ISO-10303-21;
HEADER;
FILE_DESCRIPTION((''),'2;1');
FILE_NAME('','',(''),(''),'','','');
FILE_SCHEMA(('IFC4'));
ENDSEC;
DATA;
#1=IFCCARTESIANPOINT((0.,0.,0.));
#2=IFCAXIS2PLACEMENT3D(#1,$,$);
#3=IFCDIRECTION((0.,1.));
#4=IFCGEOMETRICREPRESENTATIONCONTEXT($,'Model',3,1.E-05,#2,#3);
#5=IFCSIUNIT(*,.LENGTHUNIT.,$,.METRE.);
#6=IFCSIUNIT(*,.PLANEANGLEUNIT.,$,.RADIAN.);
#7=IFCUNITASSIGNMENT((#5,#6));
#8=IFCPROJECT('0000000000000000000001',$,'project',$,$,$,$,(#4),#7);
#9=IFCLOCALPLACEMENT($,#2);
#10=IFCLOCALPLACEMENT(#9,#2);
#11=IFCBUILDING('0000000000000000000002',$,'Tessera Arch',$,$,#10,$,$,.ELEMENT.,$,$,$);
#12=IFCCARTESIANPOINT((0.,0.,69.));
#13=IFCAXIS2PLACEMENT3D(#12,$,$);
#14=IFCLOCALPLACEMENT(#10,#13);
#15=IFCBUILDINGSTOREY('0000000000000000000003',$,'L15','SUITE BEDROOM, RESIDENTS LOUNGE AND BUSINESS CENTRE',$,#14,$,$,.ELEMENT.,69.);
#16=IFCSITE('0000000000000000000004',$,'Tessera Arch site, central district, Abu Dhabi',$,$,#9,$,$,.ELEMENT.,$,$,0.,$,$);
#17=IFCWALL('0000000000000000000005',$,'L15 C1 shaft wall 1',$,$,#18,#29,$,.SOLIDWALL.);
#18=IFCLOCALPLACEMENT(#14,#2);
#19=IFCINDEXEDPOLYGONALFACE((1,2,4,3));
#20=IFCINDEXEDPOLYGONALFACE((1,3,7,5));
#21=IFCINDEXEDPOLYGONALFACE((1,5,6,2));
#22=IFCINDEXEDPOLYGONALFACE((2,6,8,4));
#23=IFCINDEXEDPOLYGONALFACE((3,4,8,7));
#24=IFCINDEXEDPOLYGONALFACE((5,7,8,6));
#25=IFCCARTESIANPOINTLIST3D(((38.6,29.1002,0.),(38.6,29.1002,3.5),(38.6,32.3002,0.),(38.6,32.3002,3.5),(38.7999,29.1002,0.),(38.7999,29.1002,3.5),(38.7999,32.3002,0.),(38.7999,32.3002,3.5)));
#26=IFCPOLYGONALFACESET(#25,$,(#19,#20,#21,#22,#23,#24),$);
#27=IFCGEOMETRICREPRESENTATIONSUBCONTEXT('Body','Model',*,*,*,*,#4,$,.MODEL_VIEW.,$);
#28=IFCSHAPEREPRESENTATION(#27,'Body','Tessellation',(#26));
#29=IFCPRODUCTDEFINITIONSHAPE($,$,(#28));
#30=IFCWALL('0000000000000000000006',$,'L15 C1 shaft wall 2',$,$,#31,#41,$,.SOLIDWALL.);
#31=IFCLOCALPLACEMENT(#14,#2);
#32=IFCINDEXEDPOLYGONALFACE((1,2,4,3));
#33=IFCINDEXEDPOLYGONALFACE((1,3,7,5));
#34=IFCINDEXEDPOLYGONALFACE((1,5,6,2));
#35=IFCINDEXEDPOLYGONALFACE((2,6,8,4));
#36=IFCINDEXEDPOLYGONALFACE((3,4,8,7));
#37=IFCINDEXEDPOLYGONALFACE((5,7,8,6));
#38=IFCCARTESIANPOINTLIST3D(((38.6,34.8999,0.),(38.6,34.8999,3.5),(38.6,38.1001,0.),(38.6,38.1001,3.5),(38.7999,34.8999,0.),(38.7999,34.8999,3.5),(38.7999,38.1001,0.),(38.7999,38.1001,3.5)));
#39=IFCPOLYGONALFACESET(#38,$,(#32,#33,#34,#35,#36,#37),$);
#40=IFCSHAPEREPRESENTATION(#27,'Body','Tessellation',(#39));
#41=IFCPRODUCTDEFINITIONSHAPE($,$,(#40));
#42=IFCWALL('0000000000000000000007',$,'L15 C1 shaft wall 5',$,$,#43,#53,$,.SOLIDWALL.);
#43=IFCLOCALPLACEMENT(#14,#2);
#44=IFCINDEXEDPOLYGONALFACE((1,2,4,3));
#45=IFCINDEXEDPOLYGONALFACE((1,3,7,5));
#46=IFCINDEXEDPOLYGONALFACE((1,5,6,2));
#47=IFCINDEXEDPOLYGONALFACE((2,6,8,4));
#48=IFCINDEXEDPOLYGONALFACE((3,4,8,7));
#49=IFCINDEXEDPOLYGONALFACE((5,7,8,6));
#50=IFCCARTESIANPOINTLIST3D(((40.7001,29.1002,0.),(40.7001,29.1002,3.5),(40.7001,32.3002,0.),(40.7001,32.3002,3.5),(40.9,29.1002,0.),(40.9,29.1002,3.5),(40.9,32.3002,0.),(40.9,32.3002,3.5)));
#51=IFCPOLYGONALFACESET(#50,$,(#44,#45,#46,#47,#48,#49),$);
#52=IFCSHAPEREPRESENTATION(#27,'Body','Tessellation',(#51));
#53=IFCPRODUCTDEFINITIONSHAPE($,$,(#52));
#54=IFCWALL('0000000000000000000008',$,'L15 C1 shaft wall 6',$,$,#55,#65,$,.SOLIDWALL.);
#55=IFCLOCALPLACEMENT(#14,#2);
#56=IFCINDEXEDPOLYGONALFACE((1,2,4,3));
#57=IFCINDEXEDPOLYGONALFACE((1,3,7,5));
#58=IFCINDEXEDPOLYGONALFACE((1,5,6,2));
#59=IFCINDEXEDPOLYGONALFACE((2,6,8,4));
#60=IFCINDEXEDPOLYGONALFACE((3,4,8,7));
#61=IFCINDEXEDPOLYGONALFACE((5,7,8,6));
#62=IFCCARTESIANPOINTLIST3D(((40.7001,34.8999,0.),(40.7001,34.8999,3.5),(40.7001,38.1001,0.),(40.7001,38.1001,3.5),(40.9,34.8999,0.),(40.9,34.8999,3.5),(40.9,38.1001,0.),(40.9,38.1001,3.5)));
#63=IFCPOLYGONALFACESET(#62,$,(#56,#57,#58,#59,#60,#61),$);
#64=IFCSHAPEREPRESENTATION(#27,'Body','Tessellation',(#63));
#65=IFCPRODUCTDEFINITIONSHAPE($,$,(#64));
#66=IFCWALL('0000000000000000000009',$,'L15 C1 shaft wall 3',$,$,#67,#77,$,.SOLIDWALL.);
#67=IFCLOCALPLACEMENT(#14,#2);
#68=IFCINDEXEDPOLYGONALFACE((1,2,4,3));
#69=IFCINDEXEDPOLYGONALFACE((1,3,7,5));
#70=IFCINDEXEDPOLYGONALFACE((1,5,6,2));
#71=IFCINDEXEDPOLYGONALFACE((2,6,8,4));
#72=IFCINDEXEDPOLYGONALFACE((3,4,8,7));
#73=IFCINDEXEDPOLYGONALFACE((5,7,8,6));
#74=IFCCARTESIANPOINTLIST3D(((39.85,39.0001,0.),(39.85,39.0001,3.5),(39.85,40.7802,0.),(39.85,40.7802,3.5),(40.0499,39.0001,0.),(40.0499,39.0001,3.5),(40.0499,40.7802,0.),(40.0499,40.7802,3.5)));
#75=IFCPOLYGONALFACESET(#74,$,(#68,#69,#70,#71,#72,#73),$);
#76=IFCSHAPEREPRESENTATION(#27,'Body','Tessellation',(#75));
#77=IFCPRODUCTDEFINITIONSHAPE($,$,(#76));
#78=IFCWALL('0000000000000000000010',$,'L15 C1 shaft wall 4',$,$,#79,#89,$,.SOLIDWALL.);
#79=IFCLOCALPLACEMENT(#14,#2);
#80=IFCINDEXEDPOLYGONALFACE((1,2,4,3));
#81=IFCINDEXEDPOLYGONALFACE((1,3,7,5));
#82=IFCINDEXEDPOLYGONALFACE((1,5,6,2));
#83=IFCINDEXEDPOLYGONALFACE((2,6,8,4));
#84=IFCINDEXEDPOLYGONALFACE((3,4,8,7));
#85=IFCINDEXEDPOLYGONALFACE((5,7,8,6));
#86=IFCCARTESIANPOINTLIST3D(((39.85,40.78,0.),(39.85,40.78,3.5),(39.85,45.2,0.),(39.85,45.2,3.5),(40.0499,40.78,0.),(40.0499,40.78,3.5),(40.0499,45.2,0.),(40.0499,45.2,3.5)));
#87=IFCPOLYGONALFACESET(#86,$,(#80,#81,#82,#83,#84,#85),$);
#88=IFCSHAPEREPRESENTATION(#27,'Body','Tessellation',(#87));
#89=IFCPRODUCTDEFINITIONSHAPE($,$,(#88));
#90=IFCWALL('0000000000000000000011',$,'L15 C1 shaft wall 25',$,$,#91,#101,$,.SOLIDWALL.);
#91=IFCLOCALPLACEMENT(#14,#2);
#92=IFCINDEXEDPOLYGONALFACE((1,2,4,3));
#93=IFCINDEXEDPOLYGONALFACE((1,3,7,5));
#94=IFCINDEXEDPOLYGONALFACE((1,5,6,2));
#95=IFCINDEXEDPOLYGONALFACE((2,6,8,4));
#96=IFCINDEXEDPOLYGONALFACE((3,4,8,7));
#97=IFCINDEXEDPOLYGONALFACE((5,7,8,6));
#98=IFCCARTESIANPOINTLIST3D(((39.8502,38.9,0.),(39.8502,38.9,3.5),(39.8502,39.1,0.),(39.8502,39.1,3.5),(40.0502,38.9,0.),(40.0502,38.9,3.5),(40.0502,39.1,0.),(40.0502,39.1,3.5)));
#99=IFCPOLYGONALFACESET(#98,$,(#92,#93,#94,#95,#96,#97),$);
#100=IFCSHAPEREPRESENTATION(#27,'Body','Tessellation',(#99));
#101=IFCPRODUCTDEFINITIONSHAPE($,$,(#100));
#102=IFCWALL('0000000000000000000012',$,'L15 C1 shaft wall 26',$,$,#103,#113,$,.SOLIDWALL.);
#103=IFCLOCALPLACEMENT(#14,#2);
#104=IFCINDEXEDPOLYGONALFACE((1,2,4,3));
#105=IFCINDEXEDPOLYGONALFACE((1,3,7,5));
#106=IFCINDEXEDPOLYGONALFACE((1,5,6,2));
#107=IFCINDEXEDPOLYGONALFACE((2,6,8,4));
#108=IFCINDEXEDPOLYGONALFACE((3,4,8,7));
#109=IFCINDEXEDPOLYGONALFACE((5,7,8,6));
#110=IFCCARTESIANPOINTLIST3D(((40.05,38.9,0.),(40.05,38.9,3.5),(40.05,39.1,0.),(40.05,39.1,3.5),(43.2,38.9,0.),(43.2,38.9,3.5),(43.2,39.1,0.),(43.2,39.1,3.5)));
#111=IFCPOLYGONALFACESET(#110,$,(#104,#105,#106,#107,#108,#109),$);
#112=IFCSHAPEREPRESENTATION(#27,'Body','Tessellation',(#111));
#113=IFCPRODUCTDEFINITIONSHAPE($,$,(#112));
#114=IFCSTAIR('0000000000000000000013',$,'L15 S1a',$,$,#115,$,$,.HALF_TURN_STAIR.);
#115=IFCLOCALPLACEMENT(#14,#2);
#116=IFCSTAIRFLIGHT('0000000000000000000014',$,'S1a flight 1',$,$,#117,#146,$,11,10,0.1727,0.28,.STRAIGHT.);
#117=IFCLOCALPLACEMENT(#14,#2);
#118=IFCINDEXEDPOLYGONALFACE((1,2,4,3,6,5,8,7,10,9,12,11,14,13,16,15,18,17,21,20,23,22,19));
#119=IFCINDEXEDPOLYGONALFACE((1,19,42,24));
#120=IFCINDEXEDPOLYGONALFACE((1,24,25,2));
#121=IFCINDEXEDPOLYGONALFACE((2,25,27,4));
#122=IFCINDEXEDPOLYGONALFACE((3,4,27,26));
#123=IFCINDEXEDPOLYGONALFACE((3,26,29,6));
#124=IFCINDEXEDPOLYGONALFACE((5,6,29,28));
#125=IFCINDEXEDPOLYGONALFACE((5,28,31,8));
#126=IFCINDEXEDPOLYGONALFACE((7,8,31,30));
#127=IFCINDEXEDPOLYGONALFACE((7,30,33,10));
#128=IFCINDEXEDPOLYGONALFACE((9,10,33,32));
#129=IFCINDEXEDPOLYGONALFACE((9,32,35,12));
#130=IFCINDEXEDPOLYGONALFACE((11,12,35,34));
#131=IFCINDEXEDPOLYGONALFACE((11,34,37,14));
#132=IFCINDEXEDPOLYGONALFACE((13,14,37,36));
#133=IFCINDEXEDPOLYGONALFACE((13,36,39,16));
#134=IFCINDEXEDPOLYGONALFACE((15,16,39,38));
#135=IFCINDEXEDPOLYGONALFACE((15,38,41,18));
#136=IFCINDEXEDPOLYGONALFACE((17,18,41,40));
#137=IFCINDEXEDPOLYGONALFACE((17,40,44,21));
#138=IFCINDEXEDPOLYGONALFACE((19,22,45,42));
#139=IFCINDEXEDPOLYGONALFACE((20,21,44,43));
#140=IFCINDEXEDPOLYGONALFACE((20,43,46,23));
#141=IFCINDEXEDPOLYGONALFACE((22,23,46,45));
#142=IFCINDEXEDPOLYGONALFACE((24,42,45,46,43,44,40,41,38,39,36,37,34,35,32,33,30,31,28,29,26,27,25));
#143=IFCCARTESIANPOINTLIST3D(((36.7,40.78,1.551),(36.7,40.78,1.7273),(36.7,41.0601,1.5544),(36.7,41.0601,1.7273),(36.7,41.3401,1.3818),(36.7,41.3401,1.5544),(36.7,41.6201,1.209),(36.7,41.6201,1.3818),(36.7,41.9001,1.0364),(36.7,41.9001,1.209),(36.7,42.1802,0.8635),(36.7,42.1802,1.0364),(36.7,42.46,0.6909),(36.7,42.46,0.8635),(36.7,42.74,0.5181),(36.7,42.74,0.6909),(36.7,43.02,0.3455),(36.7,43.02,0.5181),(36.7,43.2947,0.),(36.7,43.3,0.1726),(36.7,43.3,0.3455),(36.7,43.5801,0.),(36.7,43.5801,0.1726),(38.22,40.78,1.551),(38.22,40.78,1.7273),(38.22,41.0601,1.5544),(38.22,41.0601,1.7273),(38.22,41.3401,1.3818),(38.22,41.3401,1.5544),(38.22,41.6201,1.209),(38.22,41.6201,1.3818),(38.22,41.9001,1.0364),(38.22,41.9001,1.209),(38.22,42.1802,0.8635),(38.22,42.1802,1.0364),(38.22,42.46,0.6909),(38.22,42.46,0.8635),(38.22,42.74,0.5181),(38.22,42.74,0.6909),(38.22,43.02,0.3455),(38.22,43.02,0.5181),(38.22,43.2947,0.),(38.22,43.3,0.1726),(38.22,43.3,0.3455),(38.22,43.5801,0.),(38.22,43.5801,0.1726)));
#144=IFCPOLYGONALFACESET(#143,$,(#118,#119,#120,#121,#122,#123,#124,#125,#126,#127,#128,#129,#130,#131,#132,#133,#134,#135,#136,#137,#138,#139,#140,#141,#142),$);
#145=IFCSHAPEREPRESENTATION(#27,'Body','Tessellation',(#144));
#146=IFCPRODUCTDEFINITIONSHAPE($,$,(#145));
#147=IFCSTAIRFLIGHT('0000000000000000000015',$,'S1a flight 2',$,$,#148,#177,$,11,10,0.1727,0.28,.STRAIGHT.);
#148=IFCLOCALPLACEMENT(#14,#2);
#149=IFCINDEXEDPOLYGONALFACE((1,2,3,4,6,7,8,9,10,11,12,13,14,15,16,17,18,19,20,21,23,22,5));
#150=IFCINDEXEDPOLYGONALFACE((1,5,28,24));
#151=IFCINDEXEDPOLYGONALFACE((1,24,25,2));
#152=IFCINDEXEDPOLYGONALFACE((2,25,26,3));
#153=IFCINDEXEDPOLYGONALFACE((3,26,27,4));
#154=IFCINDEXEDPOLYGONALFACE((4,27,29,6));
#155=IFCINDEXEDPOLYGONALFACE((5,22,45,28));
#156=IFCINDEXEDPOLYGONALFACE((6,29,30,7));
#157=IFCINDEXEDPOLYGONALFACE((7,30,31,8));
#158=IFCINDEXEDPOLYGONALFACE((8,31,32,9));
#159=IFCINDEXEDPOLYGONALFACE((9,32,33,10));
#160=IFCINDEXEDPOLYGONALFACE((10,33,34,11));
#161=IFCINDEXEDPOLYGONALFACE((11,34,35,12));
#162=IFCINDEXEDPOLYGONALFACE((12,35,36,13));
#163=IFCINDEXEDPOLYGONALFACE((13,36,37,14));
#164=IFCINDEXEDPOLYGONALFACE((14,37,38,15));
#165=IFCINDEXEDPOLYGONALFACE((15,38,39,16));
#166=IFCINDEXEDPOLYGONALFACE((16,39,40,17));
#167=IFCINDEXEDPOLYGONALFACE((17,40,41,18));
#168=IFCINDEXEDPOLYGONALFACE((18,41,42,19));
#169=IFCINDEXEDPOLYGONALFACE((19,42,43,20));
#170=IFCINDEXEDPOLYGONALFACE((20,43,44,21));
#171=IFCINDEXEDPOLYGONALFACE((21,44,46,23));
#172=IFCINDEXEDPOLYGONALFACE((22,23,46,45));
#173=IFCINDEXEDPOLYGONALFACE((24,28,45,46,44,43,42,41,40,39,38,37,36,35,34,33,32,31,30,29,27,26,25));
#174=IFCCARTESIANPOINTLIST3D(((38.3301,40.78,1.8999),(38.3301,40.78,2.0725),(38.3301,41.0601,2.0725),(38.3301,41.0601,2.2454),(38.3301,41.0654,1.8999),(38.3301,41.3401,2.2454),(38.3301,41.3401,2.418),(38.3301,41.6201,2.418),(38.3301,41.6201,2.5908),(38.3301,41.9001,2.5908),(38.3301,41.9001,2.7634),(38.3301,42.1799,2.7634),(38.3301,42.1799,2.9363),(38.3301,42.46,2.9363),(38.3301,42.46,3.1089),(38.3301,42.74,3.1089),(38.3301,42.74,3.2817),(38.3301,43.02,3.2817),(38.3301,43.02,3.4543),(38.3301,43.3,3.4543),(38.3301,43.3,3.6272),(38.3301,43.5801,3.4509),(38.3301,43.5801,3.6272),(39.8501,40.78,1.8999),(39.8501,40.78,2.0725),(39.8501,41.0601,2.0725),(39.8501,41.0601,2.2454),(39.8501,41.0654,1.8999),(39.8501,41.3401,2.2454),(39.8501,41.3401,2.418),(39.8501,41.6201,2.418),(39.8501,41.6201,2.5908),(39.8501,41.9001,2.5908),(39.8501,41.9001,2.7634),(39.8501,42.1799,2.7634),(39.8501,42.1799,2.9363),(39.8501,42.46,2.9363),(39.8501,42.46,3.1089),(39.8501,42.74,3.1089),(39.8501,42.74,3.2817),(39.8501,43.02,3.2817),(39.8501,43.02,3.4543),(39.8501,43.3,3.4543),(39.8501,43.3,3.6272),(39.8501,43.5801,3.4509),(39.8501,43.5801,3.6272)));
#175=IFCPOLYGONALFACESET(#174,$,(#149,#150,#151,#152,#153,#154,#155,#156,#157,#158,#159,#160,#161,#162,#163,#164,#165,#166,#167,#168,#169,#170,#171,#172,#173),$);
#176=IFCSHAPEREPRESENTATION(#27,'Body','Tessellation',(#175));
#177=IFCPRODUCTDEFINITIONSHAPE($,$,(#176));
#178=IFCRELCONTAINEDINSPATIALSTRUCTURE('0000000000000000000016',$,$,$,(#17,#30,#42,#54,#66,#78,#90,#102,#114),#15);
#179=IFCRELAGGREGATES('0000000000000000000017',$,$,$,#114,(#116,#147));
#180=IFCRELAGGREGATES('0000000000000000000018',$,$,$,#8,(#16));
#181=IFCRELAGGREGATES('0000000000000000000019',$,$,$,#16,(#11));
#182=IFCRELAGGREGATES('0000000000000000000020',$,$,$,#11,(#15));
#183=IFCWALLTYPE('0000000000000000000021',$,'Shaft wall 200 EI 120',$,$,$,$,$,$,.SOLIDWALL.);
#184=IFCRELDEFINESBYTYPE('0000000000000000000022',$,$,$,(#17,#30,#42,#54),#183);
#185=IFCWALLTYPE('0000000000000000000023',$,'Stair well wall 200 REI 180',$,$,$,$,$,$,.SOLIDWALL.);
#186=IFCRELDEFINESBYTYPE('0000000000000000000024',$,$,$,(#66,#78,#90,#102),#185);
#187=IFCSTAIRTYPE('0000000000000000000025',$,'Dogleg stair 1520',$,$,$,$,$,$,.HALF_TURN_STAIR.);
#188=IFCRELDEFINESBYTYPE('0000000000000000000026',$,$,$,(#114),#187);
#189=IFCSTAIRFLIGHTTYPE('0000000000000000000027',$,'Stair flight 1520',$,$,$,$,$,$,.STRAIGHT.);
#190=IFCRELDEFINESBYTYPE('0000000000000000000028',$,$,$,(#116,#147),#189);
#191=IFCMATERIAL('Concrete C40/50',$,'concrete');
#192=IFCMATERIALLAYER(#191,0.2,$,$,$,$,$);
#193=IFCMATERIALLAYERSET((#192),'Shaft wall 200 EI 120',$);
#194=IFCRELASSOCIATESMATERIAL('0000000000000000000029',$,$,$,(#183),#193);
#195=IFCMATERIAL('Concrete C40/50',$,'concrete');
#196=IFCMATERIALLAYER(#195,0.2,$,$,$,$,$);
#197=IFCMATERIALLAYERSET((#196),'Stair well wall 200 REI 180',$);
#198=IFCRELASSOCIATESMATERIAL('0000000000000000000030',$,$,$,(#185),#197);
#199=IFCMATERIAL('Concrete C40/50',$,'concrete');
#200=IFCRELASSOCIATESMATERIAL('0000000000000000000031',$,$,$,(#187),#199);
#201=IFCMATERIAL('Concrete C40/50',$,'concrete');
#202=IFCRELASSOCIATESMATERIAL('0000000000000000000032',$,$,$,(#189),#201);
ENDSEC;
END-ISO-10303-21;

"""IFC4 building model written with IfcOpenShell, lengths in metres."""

from ifc_helpers import new_model, si_unit, direction, frame, frame_2d, origin, place, context, subcontext, project, spatial, polyline, rectangle, outline, extrude, material, layer, layer_set, type_object, element, aggregate, save


model = new_model("IFC4")

# Units and contexts
model_context = context("Model", 3, precision=1e-05, world=origin(), true_north=direction((0.0, 1.0)))
body_context = subcontext(model_context, "Body", "Model", "MODEL_VIEW")
ifc_project = project(units=[si_unit("LENGTHUNIT", "METRE"), si_unit("PLANEANGLEUNIT", "RADIAN")], contexts=[model_context])

# Site, building, storey
site_placement = place(None, origin())
site = spatial("IfcSite", under=ifc_project, at=site_placement, Name="Tessera Arch site, central district, Abu Dhabi", CompositionType="ELEMENT", RefElevation=0.0)
building_placement = place(site_placement, origin())
building = spatial("IfcBuilding", under=site, at=building_placement, Name="Tessera Arch", CompositionType="ELEMENT")
storey_placement = place(building_placement, frame((0.0, 0.0, 69.0)))
storey = spatial("IfcBuildingStorey", under=building, at=storey_placement, Name="L15", Description="SUITE BEDROOM, RESIDENTS LOUNGE AND BUSINESS CENTRE", CompositionType="ELEMENT", Elevation=69.0)

# Walls
ifc_material_1 = material(Name="Concrete C40/50", Category="concrete")
ifc_layer_1 = layer(ifc_material_1, 0.2)
ifc_layer_set_1 = layer_set([ifc_layer_1], Name="Shaft wall 200 EI 120")
wall_type_1 = type_object("IfcWallType", Name="Shaft wall 200 EI 120", PredefinedType="SOLIDWALL", material=ifc_layer_set_1)
wall_1_placement = place(storey_placement, frame((38.7, 29.1001, 0.0), z_axis=(0.0, 0.0, 1.0), x_axis=(0.0, 1.0, 0.0)))
element("IfcWall", 1, at=wall_1_placement, inside=storey, type_object=wall_type_1, Name="L15 C1 shaft wall 1", PredefinedType="SOLIDWALL", context=body_context, shape_type="SweptSolid", body=[
    extrude(rectangle(XDim=3.2, YDim=0.2, at=frame_2d((1.6001, 0.0))), origin(), (0.0, 0.0, 1.0), 3.5),
])
wall_2_placement = place(storey_placement, frame((38.7, 34.8999, 0.0), z_axis=(0.0, 0.0, 1.0), x_axis=(0.0, 1.0, 0.0)))
element("IfcWall", 2, at=wall_2_placement, inside=storey, type_object=wall_type_1, Name="L15 C1 shaft wall 2", PredefinedType="SOLIDWALL", context=body_context, shape_type="SweptSolid", body=[
    extrude(rectangle(XDim=3.2002, YDim=0.2, at=frame_2d((1.6001, 0.0))), origin(), (0.0, 0.0, 1.0), 3.5),
])
wall_3_placement = place(storey_placement, frame((40.8, 29.1001, 0.0), z_axis=(0.0, 0.0, 1.0), x_axis=(0.0, 1.0, 0.0)))
element("IfcWall", 3, at=wall_3_placement, inside=storey, type_object=wall_type_1, Name="L15 C1 shaft wall 5", PredefinedType="SOLIDWALL", context=body_context, shape_type="SweptSolid", body=[
    extrude(rectangle(XDim=3.2, YDim=0.2, at=frame_2d((1.6001, 0.0))), origin(), (0.0, 0.0, 1.0), 3.5),
])
wall_4_placement = place(storey_placement, frame((40.8, 34.8999, 0.0), z_axis=(0.0, 0.0, 1.0), x_axis=(0.0, 1.0, 0.0)))
element("IfcWall", 4, at=wall_4_placement, inside=storey, type_object=wall_type_1, Name="L15 C1 shaft wall 6", PredefinedType="SOLIDWALL", context=body_context, shape_type="SweptSolid", body=[
    extrude(rectangle(XDim=3.2002, YDim=0.2, at=frame_2d((1.6001, 0.0))), origin(), (0.0, 0.0, 1.0), 3.5),
])
ifc_material_2 = material(Name="Concrete C40/50", Category="concrete")
ifc_layer_2 = layer(ifc_material_2, 0.2)
ifc_layer_set_2 = layer_set([ifc_layer_2], Name="Stair well wall 200 REI 180")
wall_type_2 = type_object("IfcWallType", Name="Stair well wall 200 REI 180", PredefinedType="SOLIDWALL", material=ifc_layer_set_2)
wall_5_placement = place(storey_placement, frame((39.95, 39.0, 0.0), z_axis=(0.0, 0.0, 1.0), x_axis=(0.0, 1.0, 0.0)))
element("IfcWall", 5, at=wall_5_placement, inside=storey, type_object=wall_type_2, Name="L15 C1 shaft wall 3", PredefinedType="SOLIDWALL", context=body_context, shape_type="SweptSolid", body=[
    extrude(rectangle(XDim=1.78, YDim=0.2, at=frame_2d((0.8901, 0.0))), origin(), (0.0, 0.0, 1.0), 3.5),
])
wall_6_placement = place(storey_placement, frame((39.95, 40.78, 0.0), z_axis=(0.0, 0.0, 1.0), x_axis=(0.0, 1.0, 0.0)))
element("IfcWall", 6, at=wall_6_placement, inside=storey, type_object=wall_type_2, Name="L15 C1 shaft wall 4", PredefinedType="SOLIDWALL", context=body_context, shape_type="SweptSolid", body=[
    extrude(rectangle(XDim=4.4199, YDim=0.2, at=frame_2d((2.21, 0.0))), origin(), (0.0, 0.0, 1.0), 3.5),
])
wall_7_placement = place(storey_placement, frame((39.8501, 39.0, 0.0), z_axis=(0.0, 0.0, 1.0), x_axis=(1.0, 0.0, 0.0)))
element("IfcWall", 7, at=wall_7_placement, inside=storey, type_object=wall_type_2, Name="L15 C1 shaft wall 25", PredefinedType="SOLIDWALL", context=body_context, shape_type="SweptSolid", body=[
    extrude(rectangle(XDim=0.2, YDim=0.2, at=frame_2d((0.1001, 0.0))), origin(), (0.0, 0.0, 1.0), 3.5),
])
wall_8_placement = place(storey_placement, frame((40.05, 39.0, 0.0), z_axis=(0.0, 0.0, 1.0), x_axis=(1.0, 0.0, 0.0)))
element("IfcWall", 8, at=wall_8_placement, inside=storey, type_object=wall_type_2, Name="L15 C1 shaft wall 26", PredefinedType="SOLIDWALL", context=body_context, shape_type="SweptSolid", body=[
    extrude(rectangle(XDim=3.1499, YDim=0.2, at=frame_2d((1.575, 0.0))), origin(), (0.0, 0.0, 1.0), 3.5),
])

# Stair, stair flights
ifc_material_3 = material(Name="Concrete C40/50", Category="concrete")
stair_type = type_object("IfcStairType", Name="Dogleg stair 1520", PredefinedType="HALF_TURN_STAIR", material=ifc_material_3)
stair_1_placement = place(storey_placement, origin())
stair_1 = element("IfcStair", 9, at=stair_1_placement, inside=storey, type_object=stair_type, Name="L15 S1a", PredefinedType="HALF_TURN_STAIR")
ifc_material_4 = material(Name="Concrete C40/50", Category="concrete")
stair_flight_type = type_object("IfcStairFlightType", Name="Stair flight 1520", PredefinedType="STRAIGHT", material=ifc_material_4)
stair_flight_1_placement = place(storey_placement, frame((37.46, 43.5801, 0.0), z_axis=(0.0, 0.0, 1.0), x_axis=(0.0, -1.0, 0.0)))
stair_flight_1 = element("IfcStairFlight", 10, at=stair_flight_1_placement, type_object=stair_flight_type, Name="S1a flight 1", NumberOfRisers=11, NumberOfTreads=10, PredefinedType="STRAIGHT", RiserHeight=0.1727, TreadLength=0.28, context=body_context, shape_type="SweptSolid", body=[
    extrude(outline(polyline([(0.0, 0.0), (0.0, 0.1726), (0.28, 0.1726), (0.28, 0.3455), (0.5601, 0.3455), (0.5601, 0.5181), (0.8401, 0.5181), (0.8401, 0.6909), (1.1201, 0.6909), (1.1201, 0.8635), (1.3999, 0.8635), (1.3999, 1.0364), (1.6799, 1.0364), (1.6799, 1.209), (1.96, 1.209), (1.96, 1.3818), (2.24, 1.3818), (2.24, 1.5544), (2.52, 1.5544), (2.52, 1.7273), (2.8, 1.7273), (2.8, 1.8999), (2.8, 1.551), (0.2854, 0.0), (0.0, 0.0)])), frame((0.0, 0.76, 0.0), z_axis=(0.0, -1.0, 0.0), x_axis=(1.0, 0.0, 0.0)), (0.0, 0.0, 1.0), 1.52),
])
stair_flight_2_placement = place(storey_placement, frame((39.0901, 40.78, 1.8999), z_axis=(0.0, 0.0, 1.0), x_axis=(0.0, 1.0, 0.0)))
stair_flight_2 = element("IfcStairFlight", 11, at=stair_flight_2_placement, type_object=stair_flight_type, Name="S1a flight 2", NumberOfRisers=11, NumberOfTreads=10, PredefinedType="STRAIGHT", RiserHeight=0.1727, TreadLength=0.28, context=body_context, shape_type="SweptSolid", body=[
    extrude(outline(polyline([(0.0, 0.0), (0.0, 0.1726), (0.28, 0.1726), (0.28, 0.3455), (0.5601, 0.3455), (0.5601, 0.5181), (0.8401, 0.5181), (0.8401, 0.6909), (1.1201, 0.6909), (1.1201, 0.8635), (1.3999, 0.8635), (1.3999, 1.0364), (1.6799, 1.0364), (1.6799, 1.209), (1.96, 1.209), (1.96, 1.3818), (2.24, 1.3818), (2.24, 1.5544), (2.52, 1.5544), (2.52, 1.7273), (2.8, 1.7273), (2.8, 1.8999), (2.8, 1.551), (0.2854, 0.0), (0.0, 0.0)])), frame((0.0, 0.76, 0.0), z_axis=(0.0, -1.0, 0.0), x_axis=(1.0, 0.0, 0.0)), (0.0, 0.0, 1.0), 1.52),
])
aggregate(stair_1, [stair_flight_1, stair_flight_2])

save(model, "model.ifc")
